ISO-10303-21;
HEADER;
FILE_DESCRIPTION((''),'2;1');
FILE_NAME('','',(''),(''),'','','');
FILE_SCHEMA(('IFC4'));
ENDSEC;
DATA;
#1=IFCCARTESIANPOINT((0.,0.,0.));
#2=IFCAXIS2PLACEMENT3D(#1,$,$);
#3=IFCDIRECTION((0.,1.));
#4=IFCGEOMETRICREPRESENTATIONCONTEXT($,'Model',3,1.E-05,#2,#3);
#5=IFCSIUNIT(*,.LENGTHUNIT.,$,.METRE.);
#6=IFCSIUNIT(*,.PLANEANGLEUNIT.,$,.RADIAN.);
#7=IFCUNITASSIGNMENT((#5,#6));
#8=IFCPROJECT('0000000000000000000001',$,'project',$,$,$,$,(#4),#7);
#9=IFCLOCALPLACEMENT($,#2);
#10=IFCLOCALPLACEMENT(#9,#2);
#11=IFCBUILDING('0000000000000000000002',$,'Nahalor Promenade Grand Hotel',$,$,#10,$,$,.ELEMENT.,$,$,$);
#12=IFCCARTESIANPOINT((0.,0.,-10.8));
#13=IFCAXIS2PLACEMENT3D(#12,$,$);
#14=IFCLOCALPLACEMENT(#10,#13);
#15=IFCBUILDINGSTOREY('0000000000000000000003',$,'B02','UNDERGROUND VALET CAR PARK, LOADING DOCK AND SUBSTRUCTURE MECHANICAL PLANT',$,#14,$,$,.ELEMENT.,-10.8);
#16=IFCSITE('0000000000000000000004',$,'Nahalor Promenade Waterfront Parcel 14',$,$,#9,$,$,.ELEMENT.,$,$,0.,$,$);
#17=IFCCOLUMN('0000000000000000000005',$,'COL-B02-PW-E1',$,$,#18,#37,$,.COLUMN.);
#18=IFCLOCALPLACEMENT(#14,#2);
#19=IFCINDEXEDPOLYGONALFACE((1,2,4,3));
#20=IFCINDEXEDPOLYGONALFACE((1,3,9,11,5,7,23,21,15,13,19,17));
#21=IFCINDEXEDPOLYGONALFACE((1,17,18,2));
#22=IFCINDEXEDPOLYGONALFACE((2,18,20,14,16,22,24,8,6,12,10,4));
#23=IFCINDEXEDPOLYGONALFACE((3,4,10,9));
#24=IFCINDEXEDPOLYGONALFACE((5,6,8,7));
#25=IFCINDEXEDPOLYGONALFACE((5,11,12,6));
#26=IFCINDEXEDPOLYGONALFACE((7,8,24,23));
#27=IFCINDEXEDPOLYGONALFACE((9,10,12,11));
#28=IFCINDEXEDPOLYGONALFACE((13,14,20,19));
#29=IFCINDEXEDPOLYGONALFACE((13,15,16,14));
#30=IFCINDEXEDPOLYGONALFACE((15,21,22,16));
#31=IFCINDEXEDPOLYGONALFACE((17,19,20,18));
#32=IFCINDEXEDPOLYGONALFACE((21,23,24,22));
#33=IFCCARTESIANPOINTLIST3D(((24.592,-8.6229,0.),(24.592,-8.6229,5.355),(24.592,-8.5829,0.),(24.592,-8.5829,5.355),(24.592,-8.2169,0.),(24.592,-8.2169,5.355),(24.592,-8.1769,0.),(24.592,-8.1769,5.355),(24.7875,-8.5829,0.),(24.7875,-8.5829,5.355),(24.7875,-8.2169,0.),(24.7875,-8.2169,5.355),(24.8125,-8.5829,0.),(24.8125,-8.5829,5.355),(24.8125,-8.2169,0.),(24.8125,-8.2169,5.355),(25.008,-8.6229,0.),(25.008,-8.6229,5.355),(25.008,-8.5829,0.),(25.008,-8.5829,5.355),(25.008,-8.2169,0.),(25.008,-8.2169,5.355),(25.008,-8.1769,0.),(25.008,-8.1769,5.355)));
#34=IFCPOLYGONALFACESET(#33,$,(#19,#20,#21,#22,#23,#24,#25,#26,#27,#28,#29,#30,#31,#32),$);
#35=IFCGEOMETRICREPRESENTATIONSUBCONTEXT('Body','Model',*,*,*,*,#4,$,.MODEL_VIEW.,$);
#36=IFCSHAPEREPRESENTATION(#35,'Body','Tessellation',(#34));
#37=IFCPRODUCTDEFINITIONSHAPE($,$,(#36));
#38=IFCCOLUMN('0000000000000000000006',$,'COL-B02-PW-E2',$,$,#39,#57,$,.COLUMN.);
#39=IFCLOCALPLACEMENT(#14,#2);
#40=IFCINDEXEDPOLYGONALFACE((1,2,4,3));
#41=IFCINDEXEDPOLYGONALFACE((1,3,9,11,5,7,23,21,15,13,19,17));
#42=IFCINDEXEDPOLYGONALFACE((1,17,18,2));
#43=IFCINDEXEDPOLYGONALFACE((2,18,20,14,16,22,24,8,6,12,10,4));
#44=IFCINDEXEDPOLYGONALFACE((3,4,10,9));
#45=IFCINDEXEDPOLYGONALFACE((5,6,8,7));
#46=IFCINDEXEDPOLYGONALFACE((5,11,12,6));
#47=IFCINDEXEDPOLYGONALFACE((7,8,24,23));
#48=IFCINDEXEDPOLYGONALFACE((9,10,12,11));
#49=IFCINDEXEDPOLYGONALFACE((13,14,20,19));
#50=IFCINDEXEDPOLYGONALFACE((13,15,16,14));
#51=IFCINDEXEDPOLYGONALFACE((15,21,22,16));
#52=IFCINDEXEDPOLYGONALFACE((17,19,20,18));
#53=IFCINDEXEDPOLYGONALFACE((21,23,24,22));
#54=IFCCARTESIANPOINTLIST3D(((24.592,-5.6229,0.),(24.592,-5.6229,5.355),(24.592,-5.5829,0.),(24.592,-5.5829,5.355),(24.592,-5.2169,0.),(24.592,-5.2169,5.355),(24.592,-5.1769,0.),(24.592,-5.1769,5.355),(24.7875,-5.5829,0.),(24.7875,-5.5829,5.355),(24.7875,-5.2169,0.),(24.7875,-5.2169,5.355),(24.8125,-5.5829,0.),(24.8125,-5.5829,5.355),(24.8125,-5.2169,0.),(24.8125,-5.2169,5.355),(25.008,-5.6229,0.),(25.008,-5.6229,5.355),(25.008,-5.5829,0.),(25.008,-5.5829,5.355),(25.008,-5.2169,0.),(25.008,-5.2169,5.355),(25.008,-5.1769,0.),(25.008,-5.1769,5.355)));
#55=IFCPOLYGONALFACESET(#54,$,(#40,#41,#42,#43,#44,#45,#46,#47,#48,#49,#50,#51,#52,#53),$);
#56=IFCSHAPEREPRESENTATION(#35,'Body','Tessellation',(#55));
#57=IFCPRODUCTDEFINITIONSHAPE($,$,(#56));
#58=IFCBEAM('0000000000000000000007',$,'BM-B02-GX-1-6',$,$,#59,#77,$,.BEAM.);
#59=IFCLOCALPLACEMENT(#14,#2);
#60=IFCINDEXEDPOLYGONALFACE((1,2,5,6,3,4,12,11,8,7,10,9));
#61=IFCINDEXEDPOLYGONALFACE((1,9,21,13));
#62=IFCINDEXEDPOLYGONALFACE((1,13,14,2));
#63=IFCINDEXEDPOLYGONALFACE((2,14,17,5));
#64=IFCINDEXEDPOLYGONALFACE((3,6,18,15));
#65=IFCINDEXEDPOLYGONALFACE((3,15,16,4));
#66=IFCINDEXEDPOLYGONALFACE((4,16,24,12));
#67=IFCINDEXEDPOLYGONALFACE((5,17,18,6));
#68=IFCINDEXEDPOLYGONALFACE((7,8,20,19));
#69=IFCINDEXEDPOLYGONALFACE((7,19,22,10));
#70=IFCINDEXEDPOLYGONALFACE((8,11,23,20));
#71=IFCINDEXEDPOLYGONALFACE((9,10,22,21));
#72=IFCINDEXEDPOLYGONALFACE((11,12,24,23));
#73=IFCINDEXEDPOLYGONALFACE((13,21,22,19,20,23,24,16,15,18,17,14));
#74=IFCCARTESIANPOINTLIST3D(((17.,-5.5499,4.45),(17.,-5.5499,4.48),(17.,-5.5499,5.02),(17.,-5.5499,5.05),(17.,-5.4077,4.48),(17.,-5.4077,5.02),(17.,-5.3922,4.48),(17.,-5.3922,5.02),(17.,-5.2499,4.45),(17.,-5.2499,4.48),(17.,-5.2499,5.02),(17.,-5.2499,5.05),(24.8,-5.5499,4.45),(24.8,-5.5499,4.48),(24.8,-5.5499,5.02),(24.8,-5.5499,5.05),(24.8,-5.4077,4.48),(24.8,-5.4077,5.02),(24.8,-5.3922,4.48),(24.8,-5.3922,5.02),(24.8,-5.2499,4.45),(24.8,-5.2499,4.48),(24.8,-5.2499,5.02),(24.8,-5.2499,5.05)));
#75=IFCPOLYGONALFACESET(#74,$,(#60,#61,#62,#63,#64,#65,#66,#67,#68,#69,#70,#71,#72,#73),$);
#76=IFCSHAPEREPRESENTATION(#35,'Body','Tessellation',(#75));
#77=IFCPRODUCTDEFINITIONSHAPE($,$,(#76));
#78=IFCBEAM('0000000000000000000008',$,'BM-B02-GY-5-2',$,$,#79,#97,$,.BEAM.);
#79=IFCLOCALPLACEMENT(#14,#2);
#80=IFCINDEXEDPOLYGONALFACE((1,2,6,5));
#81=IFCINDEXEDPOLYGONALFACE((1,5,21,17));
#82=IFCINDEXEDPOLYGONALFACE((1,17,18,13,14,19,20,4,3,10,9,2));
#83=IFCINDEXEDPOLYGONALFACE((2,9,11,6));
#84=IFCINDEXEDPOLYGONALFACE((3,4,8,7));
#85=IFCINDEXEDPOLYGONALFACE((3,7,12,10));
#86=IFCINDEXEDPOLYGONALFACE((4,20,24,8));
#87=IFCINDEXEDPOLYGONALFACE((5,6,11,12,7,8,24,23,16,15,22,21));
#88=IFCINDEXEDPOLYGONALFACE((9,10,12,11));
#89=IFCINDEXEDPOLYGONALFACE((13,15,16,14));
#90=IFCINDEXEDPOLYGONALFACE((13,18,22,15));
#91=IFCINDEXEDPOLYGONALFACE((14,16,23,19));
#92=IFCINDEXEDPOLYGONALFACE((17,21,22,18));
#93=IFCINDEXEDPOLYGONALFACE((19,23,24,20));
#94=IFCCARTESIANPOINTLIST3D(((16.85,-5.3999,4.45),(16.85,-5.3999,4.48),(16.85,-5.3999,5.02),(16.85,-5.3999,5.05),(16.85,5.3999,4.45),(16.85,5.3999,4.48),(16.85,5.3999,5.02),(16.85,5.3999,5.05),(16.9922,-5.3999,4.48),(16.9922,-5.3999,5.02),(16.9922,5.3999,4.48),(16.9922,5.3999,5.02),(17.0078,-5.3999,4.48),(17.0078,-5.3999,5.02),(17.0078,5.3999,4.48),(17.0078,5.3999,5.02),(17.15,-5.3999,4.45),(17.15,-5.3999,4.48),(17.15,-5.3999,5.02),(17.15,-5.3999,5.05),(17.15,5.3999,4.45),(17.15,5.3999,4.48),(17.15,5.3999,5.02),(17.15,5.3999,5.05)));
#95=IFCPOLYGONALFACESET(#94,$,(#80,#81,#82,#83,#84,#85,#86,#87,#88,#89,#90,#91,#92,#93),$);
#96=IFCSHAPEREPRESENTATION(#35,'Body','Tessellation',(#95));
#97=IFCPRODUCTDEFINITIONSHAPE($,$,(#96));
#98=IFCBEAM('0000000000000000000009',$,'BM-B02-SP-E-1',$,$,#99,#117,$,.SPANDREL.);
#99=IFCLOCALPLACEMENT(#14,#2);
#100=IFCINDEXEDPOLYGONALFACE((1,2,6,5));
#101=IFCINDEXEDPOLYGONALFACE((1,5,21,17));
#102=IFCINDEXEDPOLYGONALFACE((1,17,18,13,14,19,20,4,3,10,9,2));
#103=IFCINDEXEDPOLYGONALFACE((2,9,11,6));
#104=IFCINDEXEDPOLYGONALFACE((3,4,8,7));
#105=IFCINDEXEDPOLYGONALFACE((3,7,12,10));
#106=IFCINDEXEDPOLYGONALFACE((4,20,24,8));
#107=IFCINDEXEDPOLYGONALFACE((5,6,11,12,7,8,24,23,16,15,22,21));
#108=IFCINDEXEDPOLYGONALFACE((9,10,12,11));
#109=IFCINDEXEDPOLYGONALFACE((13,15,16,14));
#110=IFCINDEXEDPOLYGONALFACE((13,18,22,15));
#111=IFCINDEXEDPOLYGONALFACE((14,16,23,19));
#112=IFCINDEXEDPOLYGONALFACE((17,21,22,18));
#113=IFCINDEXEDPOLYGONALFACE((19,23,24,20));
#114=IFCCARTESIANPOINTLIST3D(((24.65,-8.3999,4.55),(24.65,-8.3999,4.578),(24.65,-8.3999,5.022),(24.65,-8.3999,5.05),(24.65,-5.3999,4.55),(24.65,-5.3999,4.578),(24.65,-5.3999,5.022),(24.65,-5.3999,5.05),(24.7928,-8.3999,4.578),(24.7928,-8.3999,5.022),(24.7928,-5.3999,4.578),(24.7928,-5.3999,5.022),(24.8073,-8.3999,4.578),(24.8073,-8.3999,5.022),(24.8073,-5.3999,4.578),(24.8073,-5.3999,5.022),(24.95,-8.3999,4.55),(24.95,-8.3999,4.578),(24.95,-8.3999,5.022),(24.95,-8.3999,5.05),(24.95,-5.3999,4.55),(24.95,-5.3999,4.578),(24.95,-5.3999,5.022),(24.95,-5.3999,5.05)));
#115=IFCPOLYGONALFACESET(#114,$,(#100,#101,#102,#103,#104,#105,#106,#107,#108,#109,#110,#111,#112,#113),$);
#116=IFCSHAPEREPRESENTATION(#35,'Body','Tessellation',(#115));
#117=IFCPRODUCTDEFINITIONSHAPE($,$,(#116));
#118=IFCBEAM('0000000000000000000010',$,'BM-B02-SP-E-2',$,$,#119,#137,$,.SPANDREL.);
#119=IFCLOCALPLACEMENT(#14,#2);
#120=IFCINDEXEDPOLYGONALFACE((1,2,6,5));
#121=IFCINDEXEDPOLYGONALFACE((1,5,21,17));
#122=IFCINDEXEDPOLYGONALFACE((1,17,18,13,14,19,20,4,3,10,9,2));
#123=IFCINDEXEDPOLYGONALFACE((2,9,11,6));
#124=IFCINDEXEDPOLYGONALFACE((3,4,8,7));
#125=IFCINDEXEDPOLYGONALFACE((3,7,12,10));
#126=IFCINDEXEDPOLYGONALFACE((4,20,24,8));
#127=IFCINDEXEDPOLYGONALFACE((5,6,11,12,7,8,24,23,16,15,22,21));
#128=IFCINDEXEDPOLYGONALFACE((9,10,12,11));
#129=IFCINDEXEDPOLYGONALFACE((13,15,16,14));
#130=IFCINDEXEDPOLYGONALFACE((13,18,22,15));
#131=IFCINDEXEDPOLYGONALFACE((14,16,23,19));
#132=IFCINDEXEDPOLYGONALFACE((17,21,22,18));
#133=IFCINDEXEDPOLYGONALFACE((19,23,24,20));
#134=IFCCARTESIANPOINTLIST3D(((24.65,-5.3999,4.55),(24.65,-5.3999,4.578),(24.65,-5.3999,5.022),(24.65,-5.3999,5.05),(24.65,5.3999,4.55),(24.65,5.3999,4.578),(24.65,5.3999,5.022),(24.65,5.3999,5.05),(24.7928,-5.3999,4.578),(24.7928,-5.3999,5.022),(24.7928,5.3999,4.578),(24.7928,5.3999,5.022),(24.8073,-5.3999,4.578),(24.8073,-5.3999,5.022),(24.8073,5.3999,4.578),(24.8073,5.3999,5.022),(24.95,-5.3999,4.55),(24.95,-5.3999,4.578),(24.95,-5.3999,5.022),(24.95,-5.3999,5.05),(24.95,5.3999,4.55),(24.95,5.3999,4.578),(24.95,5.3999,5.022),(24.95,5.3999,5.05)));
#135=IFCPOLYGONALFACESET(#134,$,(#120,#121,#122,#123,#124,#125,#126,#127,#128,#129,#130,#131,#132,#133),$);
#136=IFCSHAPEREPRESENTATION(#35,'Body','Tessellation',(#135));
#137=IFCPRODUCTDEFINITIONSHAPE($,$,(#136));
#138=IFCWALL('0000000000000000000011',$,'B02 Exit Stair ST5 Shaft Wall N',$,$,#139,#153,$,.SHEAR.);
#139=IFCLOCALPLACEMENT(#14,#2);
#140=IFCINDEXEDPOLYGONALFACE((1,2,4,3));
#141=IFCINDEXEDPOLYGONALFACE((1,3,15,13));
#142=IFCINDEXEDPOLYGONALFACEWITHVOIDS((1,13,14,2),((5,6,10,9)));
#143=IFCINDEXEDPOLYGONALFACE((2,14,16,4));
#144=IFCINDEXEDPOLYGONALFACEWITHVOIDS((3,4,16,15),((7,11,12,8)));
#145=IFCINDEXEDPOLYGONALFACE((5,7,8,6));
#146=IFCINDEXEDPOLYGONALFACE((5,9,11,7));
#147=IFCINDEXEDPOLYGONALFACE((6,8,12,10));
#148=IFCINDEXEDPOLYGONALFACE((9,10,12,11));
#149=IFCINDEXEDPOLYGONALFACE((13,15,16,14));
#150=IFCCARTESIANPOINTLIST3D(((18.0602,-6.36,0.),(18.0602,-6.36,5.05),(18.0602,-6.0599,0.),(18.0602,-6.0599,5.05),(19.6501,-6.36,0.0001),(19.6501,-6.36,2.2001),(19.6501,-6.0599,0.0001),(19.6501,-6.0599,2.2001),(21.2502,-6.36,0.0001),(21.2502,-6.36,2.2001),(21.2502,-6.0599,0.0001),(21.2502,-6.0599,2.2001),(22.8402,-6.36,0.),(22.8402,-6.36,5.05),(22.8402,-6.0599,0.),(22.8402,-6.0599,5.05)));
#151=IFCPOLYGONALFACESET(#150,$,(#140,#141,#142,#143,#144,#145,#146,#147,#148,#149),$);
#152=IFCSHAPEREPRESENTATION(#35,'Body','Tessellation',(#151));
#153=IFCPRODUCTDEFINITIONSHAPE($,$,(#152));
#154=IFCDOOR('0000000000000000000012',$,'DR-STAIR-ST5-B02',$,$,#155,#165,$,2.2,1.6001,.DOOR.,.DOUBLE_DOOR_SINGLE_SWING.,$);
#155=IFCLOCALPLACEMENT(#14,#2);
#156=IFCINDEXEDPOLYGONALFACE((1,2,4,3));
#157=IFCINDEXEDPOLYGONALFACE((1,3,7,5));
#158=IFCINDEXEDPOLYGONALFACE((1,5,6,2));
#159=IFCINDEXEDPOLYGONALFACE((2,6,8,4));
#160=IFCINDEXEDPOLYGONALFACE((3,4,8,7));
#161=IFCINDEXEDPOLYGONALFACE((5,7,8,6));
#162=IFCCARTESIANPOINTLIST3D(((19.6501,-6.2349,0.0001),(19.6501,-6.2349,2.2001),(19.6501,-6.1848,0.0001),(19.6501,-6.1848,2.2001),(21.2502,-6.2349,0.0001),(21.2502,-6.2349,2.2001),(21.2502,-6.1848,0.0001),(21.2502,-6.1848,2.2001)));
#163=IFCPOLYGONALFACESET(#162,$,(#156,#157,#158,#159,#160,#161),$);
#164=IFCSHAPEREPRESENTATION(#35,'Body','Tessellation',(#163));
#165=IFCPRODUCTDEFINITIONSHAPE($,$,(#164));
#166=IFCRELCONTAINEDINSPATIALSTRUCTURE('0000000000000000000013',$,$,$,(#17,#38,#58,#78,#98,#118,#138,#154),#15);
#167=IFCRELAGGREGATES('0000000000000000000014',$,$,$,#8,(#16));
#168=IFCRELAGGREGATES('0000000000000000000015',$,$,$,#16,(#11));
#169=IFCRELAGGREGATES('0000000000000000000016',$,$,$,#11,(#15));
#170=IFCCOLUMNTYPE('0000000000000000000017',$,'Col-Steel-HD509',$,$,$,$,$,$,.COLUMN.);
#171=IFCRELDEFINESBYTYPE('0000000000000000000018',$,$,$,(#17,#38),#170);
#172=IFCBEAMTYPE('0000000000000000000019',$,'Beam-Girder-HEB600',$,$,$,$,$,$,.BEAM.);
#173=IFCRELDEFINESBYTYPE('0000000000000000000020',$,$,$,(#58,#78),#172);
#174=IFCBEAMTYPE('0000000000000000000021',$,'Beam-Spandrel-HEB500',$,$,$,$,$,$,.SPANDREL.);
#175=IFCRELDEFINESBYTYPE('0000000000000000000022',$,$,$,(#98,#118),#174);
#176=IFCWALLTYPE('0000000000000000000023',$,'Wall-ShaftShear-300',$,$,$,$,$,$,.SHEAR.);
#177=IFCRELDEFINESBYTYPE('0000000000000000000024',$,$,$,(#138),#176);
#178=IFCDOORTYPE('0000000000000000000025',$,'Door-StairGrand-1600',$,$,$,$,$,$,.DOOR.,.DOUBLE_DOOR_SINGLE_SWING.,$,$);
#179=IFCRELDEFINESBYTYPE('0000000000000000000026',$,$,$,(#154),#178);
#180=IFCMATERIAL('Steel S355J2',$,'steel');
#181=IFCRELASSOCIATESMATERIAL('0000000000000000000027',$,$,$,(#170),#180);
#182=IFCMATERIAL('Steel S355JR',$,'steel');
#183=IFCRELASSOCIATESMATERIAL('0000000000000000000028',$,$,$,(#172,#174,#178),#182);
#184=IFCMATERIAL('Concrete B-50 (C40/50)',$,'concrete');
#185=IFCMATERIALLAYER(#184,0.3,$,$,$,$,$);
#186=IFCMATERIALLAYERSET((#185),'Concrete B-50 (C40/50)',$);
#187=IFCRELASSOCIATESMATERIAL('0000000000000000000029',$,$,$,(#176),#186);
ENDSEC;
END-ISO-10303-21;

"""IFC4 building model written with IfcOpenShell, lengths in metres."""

from ifc_helpers import new_model, si_unit, direction, frame, frame_2d, origin, origin_2d, place, context, subcontext, project, spatial, rectangle, i_section, extrude, source, transform, mapped, material, layer, layer_set, material_profile, profile_set, type_object, element, fill, save


model = new_model("IFC4")

# Units and contexts
model_context = context("Model", 3, precision=1e-05, world=origin(), true_north=direction((0.0, 1.0)))
body_context = subcontext(model_context, "Body", "Model", "MODEL_VIEW")
ifc_project = project(units=[si_unit("LENGTHUNIT", "METRE"), si_unit("PLANEANGLEUNIT", "RADIAN")], contexts=[model_context])

# Site, building, storey
site_placement = place(None, origin())
site = spatial("IfcSite", under=ifc_project, at=site_placement, Name="Nahalor Promenade Waterfront Parcel 14", CompositionType="ELEMENT", RefElevation=0.0)
building_placement = place(site_placement, origin())
building = spatial("IfcBuilding", under=site, at=building_placement, Name="Nahalor Promenade Grand Hotel", CompositionType="ELEMENT")
storey_placement = place(building_placement, frame((0.0, 0.0, -10.8)))
storey = spatial("IfcBuildingStorey", under=building, at=storey_placement, Name="B02", Description="UNDERGROUND VALET CAR PARK, LOADING DOCK AND SUBSTRUCTURE MECHANICAL PLANT", CompositionType="ELEMENT", Elevation=-10.8)

# Shared definitions
ifc_material_1 = material(Name="Concrete B-50 (C40/50)", Category="concrete")

# Columns
ifc_material_2 = material(Name="Steel S355J2", Category="steel")
ifc_material_profile_1 = material_profile(ifc_material_2, i_section(OverallWidth=0.416, OverallDepth=0.446, WebThickness=0.025, FlangeThickness=0.04, at=origin_2d()), Name="HD 400x509")
ifc_profile_set_1 = profile_set([ifc_material_profile_1], Name="Steel S355J2")
column_type_1 = type_object("IfcColumnType", Name="Col-Steel-HD509", PredefinedType="COLUMN", material=ifc_profile_set_1)
shared_shape_1 = source(origin(), body_context, "Body", "SweptSolid", [
    extrude(i_section(OverallWidth=0.416, OverallDepth=0.446, WebThickness=0.025, FlangeThickness=0.04, at=origin_2d()), origin(), (0.0, 0.0, 1.0), 5.355),
])
for number, where, z_axis, x_axis, name in (
    (1, (24.8, -8.3999, 0.0), (0.0, 0.0, 1.0), (1.0, 0.0, 0.0), "COL-B02-PW-E1"),
    (2, (24.8, -5.3999, 0.0), (0.0, 0.0, 1.0), (1.0, 0.0, 0.0), "COL-B02-PW-E2"),
):
    element("IfcColumn", number, at=place(storey_placement, frame(where, z_axis=z_axis, x_axis=x_axis)), inside=storey, type_object=column_type_1, Name=name, PredefinedType="COLUMN", context=body_context, shape_type="MappedRepresentation", body=[
        mapped(shared_shape_1, transform((0.0, 0.0, 0.0), scale=1.0)),
    ])

# Beams
ifc_material_3 = material(Name="Steel S355JR", Category="steel")
ifc_material_profile_2 = material_profile(ifc_material_3, i_section(OverallWidth=0.3, OverallDepth=0.6, WebThickness=0.0155, FlangeThickness=0.03, at=origin_2d()), Name="HEB 600")
ifc_profile_set_2 = profile_set([ifc_material_profile_2], Name="Steel S355JR")
beam_type_1 = type_object("IfcBeamType", Name="Beam-Girder-HEB600", PredefinedType="BEAM", material=ifc_profile_set_2)
shared_shape_2 = source(origin(), body_context, "Body", "SweptSolid", [
    extrude(i_section(OverallWidth=0.3, OverallDepth=0.6, WebThickness=0.0155, FlangeThickness=0.03, at=origin_2d()), origin(), (0.0, 0.0, 1.0), 7.8),
])
beam_1_placement = place(storey_placement, frame((17.0, -5.3999, 4.75), z_axis=(1.0, 0.0, 0.0), x_axis=(0.0, 1.0, 0.0)))
element("IfcBeam", 3, at=beam_1_placement, inside=storey, type_object=beam_type_1, Name="BM-B02-GX-1-6", PredefinedType="BEAM", context=body_context, shape_type="MappedRepresentation", body=[
    mapped(shared_shape_2, transform((0.0, 0.0, 0.0), scale=1.0)),
])
shared_shape_3 = source(origin(), body_context, "Body", "SweptSolid", [
    extrude(i_section(OverallWidth=0.3, OverallDepth=0.6, WebThickness=0.0155, FlangeThickness=0.03, at=origin_2d()), origin(), (0.0, 0.0, 1.0), 10.7998),
])
beam_2_placement = place(storey_placement, frame((17.0, -5.3999, 4.75), z_axis=(0.0, 1.0, 0.0), x_axis=(-1.0, 0.0, 0.0)))
element("IfcBeam", 4, at=beam_2_placement, inside=storey, type_object=beam_type_1, Name="BM-B02-GY-5-2", PredefinedType="BEAM", context=body_context, shape_type="MappedRepresentation", body=[
    mapped(shared_shape_3, transform((0.0, 0.0, 0.0), scale=1.0)),
])
ifc_material_profile_3 = material_profile(ifc_material_3, i_section(OverallWidth=0.3, OverallDepth=0.5, WebThickness=0.0145, FlangeThickness=0.028, at=origin_2d()), Name="HEB 500")
ifc_profile_set_3 = profile_set([ifc_material_profile_3], Name="Steel S355JR")
beam_type_2 = type_object("IfcBeamType", Name="Beam-Spandrel-HEB500", PredefinedType="SPANDREL", material=ifc_profile_set_3)
shared_shape_4 = source(origin(), body_context, "Body", "SweptSolid", [
    extrude(i_section(OverallWidth=0.3, OverallDepth=0.5, WebThickness=0.0145, FlangeThickness=0.028, at=origin_2d()), origin(), (0.0, 0.0, 1.0), 3.0),
])
beam_3_placement = place(storey_placement, frame((24.8, -8.3999, 4.8), z_axis=(0.0, 1.0, 0.0), x_axis=(-1.0, 0.0, 0.0)))
element("IfcBeam", 5, at=beam_3_placement, inside=storey, type_object=beam_type_2, Name="BM-B02-SP-E-1", PredefinedType="SPANDREL", context=body_context, shape_type="MappedRepresentation", body=[
    mapped(shared_shape_4, transform((0.0, 0.0, 0.0), scale=1.0)),
])
shared_shape_5 = source(origin(), body_context, "Body", "SweptSolid", [
    extrude(i_section(OverallWidth=0.3, OverallDepth=0.5, WebThickness=0.0145, FlangeThickness=0.028, at=origin_2d()), origin(), (0.0, 0.0, 1.0), 10.7998),
])
beam_4_placement = place(storey_placement, frame((24.8, -5.3999, 4.8), z_axis=(0.0, 1.0, 0.0), x_axis=(-1.0, 0.0, 0.0)))
element("IfcBeam", 6, at=beam_4_placement, inside=storey, type_object=beam_type_2, Name="BM-B02-SP-E-2", PredefinedType="SPANDREL", context=body_context, shape_type="MappedRepresentation", body=[
    mapped(shared_shape_5, transform((0.0, 0.0, 0.0), scale=1.0)),
])

# Wall, opening, door
ifc_layer_1 = layer(ifc_material_1, 0.3)
ifc_layer_set_1 = layer_set([ifc_layer_1], Name="Concrete B-50 (C40/50)")
wall_type = type_object("IfcWallType", Name="Wall-ShaftShear-300", PredefinedType="SHEAR", material=ifc_layer_set_1)
shared_shape_6 = source(origin(), body_context, "Body", "SweptSolid", [
    extrude(rectangle(XDim=4.78, YDim=0.3, at=frame_2d((2.3901, 0.0))), origin(), (0.0, 0.0, 1.0), 5.05),
])
wall_placement = place(storey_placement, frame((18.0601, -6.21, 0.0), z_axis=(0.0, 0.0, 1.0), x_axis=(1.0, 0.0, 0.0)))
wall = element("IfcWall", 7, at=wall_placement, inside=storey, type_object=wall_type, Name="B02 Exit Stair ST5 Shaft Wall N", PredefinedType="SHEAR", context=body_context, shape_type="MappedRepresentation", body=[
    mapped(shared_shape_6, transform((0.0, 0.0, 0.0), scale=1.0)),
])
opening_placement = place(wall_placement, frame((1.5901, 0.0, 0.0)))
opening = element("IfcOpeningElement", 8, at=opening_placement, cuts=wall, PredefinedType="OPENING", context=body_context, shape_type="SweptSolid", body=[
    extrude(rectangle(XDim=1.6001, YDim=2.2, at=frame_2d((0.8, 1.1001))), frame((0.0, 0.1599, 0.0), z_axis=(0.0, -1.0, 0.0), x_axis=(1.0, 0.0, 0.0)), (0.0, 0.0, 1.0), 0.3201),
])
door_type = type_object("IfcDoorType", Name="Door-StairGrand-1600", OperationType="DOUBLE_DOOR_SINGLE_SWING", PredefinedType="DOOR", material=ifc_material_3)
shared_shape_7 = source(origin(), body_context, "Body", "SweptSolid", [
    extrude(rectangle(XDim=1.6001, YDim=2.2, at=frame_2d((0.8, 1.1001))), frame((0.0, 0.0249, 0.0), z_axis=(0.0, -1.0, 0.0), x_axis=(1.0, 0.0, 0.0)), (0.0, 0.0, 1.0), 0.05),
])
door_placement = place(opening_placement, frame((1.6001, 0.0, 0.0), z_axis=(0.0, 0.0, 1.0), x_axis=(-1.0, 0.0, 0.0)))
door = element("IfcDoor", 9, at=door_placement, inside=storey, type_object=door_type, Name="DR-STAIR-ST5-B02", OperationType="DOUBLE_DOOR_SINGLE_SWING", OverallHeight=2.2, OverallWidth=1.6001, PredefinedType="DOOR", context=body_context, shape_type="MappedRepresentation", body=[
    mapped(shared_shape_7, transform((0.0, 0.0, 0.0), scale=1.0)),
])
fill(opening, door)

save(model, "model.ifc")
